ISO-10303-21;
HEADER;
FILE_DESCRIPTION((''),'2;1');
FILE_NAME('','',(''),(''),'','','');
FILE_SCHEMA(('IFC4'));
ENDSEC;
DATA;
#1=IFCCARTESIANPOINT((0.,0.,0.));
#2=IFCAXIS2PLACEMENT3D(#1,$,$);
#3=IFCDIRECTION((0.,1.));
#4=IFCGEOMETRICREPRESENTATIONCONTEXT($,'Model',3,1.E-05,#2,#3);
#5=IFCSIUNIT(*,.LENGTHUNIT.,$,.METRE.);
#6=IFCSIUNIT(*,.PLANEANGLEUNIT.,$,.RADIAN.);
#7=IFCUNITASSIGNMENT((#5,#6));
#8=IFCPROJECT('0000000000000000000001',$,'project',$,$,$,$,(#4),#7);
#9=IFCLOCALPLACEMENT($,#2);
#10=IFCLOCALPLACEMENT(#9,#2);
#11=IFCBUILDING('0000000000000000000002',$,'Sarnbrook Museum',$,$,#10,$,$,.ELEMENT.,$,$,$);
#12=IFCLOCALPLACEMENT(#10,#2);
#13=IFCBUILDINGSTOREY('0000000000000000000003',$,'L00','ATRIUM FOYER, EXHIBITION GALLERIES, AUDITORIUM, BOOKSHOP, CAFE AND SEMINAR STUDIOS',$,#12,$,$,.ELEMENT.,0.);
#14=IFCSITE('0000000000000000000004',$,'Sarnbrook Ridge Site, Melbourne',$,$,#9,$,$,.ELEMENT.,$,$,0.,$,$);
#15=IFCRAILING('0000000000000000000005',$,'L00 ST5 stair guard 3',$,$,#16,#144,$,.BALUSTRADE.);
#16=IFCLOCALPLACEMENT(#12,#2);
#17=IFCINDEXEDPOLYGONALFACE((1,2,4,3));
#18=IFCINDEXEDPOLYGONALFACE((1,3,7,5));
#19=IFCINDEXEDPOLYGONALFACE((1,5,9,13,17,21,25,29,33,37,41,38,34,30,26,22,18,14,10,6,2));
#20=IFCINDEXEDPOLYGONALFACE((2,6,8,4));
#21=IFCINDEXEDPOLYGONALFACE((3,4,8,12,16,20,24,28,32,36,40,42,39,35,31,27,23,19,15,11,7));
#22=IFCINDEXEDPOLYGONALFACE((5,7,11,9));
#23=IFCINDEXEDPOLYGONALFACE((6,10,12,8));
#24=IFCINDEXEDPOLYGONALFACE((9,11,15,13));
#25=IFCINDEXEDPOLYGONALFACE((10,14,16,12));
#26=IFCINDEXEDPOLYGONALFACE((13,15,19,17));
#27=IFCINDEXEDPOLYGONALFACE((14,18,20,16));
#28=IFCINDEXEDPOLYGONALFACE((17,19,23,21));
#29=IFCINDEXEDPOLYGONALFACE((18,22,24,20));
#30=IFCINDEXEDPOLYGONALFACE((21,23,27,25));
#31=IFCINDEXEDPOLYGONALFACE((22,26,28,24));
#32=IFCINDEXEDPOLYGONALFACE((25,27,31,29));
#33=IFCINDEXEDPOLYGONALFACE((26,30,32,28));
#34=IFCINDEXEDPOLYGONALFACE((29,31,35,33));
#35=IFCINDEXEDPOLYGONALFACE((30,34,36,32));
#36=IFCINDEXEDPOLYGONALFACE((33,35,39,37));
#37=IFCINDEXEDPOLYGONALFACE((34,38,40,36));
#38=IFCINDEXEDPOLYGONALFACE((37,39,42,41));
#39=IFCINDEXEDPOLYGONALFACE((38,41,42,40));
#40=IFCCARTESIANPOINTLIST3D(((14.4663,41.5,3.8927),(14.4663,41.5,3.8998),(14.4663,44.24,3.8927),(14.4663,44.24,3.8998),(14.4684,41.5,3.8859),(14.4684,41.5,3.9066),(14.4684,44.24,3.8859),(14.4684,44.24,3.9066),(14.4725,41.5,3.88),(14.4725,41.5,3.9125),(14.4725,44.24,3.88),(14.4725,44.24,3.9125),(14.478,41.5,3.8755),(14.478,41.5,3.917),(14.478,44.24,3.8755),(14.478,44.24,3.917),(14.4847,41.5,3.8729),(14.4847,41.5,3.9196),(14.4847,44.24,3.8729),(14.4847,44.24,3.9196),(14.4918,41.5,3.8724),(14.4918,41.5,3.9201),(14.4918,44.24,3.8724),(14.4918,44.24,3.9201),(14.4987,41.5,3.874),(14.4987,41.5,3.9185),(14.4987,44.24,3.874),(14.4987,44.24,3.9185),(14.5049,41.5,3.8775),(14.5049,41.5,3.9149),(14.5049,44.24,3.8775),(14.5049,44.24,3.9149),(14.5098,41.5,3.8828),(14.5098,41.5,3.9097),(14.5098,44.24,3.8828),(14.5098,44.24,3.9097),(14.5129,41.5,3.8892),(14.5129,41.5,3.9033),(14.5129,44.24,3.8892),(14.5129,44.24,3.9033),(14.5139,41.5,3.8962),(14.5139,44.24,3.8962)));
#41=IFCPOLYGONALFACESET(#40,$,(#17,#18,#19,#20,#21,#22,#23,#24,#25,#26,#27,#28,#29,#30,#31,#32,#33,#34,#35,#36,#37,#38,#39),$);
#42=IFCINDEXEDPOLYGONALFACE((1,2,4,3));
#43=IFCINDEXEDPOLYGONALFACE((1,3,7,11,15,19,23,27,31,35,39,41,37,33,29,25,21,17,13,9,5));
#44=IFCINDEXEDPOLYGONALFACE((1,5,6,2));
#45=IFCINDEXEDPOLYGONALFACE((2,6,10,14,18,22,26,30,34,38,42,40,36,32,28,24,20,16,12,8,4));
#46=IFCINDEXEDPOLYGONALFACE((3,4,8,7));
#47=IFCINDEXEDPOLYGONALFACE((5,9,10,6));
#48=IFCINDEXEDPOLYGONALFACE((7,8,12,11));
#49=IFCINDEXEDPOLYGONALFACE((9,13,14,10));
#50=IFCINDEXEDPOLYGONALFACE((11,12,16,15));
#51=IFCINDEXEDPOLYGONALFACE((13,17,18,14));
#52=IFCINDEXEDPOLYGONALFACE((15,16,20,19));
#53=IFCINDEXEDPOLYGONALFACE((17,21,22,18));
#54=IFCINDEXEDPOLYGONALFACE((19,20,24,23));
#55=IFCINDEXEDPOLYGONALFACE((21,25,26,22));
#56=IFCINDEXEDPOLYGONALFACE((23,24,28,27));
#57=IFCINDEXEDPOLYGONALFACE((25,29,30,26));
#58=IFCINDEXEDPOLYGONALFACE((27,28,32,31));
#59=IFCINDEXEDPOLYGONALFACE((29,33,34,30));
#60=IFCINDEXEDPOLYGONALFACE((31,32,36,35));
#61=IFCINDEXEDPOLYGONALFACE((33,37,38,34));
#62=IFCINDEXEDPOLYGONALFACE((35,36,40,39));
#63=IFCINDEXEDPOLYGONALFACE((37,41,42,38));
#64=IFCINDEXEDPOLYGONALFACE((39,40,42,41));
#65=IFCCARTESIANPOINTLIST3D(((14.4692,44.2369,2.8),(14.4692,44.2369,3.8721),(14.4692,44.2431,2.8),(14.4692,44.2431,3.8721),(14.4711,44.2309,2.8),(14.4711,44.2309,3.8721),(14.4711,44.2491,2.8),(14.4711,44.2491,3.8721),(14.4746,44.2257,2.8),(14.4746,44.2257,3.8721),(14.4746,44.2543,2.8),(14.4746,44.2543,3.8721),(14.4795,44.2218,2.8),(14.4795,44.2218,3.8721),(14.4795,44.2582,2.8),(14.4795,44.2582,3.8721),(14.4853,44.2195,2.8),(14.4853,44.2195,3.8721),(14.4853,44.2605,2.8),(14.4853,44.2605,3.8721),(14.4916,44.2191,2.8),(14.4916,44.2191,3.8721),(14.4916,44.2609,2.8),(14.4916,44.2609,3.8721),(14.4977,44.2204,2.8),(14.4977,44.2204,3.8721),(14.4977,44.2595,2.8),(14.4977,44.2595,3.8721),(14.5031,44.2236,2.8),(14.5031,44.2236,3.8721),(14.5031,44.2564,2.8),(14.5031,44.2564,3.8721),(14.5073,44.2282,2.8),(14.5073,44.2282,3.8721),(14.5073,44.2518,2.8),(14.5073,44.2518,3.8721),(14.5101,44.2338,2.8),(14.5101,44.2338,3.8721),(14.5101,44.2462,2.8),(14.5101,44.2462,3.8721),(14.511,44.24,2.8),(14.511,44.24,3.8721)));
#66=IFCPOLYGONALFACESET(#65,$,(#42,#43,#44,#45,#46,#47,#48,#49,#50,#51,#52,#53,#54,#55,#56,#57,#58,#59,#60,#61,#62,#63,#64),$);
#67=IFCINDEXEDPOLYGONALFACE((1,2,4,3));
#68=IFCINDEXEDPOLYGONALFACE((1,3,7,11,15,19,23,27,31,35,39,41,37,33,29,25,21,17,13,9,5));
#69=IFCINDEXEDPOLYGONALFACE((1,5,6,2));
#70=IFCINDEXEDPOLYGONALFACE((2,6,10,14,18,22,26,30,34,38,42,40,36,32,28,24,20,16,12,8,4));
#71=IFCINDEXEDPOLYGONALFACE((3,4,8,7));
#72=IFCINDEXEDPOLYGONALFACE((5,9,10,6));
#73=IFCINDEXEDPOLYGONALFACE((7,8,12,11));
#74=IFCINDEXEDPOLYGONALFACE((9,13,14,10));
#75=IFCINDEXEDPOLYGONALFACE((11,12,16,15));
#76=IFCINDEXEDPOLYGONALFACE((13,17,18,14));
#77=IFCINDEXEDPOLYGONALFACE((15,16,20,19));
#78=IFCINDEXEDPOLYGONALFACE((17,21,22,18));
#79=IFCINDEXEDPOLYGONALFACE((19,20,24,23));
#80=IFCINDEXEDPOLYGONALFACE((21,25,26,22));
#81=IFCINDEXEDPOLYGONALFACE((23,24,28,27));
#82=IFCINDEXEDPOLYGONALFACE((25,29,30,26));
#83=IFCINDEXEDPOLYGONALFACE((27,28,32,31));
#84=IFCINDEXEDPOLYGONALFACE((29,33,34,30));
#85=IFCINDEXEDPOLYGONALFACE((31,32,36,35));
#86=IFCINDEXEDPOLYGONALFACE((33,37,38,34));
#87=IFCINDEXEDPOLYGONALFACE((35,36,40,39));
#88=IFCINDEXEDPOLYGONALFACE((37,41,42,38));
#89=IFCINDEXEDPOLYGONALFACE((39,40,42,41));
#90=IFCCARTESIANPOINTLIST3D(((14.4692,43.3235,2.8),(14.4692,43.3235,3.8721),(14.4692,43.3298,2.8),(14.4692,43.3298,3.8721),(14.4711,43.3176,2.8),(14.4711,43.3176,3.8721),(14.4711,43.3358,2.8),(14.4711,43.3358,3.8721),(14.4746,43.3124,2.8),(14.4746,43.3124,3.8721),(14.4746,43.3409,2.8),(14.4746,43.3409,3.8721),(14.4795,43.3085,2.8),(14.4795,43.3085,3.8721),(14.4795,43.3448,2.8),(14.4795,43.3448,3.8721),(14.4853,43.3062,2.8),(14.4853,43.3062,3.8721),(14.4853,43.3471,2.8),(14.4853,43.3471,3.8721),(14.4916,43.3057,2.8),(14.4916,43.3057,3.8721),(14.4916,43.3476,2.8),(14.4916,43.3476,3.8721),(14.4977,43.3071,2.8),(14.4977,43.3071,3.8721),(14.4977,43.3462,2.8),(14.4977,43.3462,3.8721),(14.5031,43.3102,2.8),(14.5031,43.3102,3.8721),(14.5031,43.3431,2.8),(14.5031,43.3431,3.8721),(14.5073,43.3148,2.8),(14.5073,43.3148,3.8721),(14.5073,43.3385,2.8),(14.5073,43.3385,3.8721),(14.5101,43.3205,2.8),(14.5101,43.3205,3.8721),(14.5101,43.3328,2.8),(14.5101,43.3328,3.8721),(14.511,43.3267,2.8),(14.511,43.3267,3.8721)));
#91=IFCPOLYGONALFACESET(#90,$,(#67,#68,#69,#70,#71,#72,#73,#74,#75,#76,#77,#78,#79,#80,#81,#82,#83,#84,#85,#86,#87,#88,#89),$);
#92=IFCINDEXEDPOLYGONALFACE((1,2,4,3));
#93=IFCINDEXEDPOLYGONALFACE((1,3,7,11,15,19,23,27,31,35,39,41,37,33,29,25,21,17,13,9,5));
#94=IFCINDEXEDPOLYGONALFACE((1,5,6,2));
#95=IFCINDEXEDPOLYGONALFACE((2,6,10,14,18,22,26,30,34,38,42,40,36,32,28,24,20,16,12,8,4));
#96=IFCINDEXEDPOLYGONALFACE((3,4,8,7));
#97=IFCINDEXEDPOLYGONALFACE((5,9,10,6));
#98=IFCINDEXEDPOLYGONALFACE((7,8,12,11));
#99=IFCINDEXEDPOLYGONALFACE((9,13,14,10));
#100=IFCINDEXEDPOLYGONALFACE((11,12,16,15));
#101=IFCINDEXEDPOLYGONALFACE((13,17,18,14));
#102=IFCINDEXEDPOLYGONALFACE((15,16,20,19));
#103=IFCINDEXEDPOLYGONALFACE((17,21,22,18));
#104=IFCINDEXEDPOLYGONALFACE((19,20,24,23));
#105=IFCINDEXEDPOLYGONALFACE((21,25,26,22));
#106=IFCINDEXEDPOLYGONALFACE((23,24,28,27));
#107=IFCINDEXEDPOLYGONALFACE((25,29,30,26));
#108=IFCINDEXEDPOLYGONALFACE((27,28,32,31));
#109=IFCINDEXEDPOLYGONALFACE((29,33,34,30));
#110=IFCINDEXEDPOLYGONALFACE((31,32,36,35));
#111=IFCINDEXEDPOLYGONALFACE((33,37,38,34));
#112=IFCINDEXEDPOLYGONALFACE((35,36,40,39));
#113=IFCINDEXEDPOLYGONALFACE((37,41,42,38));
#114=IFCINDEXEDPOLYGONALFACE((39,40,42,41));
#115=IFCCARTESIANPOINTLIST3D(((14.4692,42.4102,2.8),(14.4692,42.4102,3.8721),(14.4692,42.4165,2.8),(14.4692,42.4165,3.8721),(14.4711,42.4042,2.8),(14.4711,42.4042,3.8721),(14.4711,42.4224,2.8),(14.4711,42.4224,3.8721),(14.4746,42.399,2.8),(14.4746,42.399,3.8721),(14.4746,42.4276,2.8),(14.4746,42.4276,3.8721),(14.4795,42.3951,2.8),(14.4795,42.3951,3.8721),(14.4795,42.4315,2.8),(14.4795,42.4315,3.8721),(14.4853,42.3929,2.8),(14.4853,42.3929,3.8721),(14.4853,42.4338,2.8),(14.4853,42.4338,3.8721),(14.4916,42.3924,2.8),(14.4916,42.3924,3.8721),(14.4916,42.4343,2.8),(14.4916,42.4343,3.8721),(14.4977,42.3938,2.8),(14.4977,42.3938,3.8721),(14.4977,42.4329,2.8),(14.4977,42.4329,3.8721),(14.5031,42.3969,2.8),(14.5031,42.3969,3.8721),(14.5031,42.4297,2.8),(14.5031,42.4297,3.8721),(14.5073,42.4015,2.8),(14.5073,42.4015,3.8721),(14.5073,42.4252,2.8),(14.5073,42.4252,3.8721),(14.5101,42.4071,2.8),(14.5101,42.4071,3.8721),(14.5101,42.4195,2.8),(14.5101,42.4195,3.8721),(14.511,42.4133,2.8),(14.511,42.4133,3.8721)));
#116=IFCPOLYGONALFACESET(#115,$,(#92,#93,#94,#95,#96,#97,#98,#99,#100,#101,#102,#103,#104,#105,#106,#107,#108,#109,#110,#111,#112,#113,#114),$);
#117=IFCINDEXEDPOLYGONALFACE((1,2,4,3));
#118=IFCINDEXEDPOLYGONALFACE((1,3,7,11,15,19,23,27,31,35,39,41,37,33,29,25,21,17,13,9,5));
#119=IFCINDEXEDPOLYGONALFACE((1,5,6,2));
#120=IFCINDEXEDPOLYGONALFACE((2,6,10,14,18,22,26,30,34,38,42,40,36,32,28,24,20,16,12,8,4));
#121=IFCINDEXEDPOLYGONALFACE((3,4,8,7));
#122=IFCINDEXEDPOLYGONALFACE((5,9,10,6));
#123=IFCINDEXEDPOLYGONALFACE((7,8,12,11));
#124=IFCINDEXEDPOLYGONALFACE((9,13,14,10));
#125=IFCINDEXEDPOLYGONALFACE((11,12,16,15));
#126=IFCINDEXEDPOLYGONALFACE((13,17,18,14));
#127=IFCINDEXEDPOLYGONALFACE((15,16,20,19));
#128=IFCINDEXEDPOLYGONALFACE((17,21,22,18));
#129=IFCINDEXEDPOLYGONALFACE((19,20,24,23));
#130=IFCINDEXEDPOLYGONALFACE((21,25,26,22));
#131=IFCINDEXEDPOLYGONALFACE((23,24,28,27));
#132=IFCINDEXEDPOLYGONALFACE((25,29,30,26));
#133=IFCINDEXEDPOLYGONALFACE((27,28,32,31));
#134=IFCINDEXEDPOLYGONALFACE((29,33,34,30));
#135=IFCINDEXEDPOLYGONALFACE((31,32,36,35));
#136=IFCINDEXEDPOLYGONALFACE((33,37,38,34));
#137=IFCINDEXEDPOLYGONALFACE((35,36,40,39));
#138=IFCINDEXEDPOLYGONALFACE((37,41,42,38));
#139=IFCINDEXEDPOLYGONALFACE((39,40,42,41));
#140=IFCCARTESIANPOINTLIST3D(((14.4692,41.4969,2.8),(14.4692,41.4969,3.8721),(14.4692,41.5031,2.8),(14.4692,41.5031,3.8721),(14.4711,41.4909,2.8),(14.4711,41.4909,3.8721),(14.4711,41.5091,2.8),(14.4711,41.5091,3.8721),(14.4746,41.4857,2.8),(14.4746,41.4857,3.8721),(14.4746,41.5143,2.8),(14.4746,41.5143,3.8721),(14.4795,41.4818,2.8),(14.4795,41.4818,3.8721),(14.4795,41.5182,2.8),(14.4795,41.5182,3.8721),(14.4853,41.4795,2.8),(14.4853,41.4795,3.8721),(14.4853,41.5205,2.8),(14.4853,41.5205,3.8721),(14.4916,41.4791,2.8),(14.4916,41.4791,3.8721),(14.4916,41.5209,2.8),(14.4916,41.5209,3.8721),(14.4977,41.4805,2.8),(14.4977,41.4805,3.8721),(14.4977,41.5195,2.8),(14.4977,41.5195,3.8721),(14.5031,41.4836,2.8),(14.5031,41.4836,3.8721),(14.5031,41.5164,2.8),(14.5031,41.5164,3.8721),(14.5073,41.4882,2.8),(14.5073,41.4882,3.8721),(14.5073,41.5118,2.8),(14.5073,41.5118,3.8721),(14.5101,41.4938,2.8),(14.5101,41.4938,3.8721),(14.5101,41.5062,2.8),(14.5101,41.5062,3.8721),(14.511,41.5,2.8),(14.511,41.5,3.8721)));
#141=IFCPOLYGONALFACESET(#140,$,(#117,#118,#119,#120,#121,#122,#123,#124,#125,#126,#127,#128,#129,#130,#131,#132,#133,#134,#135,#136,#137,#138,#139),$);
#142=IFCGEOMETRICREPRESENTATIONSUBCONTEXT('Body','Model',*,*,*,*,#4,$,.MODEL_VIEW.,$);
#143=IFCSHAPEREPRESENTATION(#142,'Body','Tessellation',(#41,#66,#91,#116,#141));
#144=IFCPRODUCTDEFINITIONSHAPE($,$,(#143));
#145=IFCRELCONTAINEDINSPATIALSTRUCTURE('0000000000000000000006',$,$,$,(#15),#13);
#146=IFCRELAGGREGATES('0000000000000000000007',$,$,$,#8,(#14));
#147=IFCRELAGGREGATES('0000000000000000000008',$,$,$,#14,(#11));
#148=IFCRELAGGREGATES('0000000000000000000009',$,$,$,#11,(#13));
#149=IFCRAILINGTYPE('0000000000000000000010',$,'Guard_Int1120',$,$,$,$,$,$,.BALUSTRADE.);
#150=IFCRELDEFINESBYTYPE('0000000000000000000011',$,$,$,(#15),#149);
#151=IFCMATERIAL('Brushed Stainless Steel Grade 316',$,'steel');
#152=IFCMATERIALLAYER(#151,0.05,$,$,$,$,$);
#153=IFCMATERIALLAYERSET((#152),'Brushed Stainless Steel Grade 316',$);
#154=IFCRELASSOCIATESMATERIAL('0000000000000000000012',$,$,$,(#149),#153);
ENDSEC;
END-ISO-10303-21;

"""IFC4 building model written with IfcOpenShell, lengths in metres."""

from ifc_helpers import new_model, si_unit, direction, frame, origin, origin_2d, place, context, subcontext, project, spatial, circle, extrude, material, layer, layer_set, type_object, element, save


model = new_model("IFC4")

# Units and contexts
model_context = context("Model", 3, precision=1e-05, world=origin(), true_north=direction((0.0, 1.0)))
body_context = subcontext(model_context, "Body", "Model", "MODEL_VIEW")
ifc_project = project(units=[si_unit("LENGTHUNIT", "METRE"), si_unit("PLANEANGLEUNIT", "RADIAN")], contexts=[model_context])

# Site, building, storey
site_placement = place(None, origin())
site = spatial("IfcSite", under=ifc_project, at=site_placement, Name="Sarnbrook Ridge Site, Melbourne", CompositionType="ELEMENT", RefElevation=0.0)
building_placement = place(site_placement, origin())
building = spatial("IfcBuilding", under=site, at=building_placement, Name="Sarnbrook Museum", CompositionType="ELEMENT")
storey_placement = place(building_placement, origin())
storey = spatial("IfcBuildingStorey", under=building, at=storey_placement, Name="L00", Description="ATRIUM FOYER, EXHIBITION GALLERIES, AUDITORIUM, BOOKSHOP, CAFE AND SEMINAR STUDIOS", CompositionType="ELEMENT", Elevation=0.0)

# Railing
ifc_material_1 = material(Name="Brushed Stainless Steel Grade 316", Category="steel")
ifc_layer_1 = layer(ifc_material_1, 0.05)
ifc_layer_set_1 = layer_set([ifc_layer_1], Name="Brushed Stainless Steel Grade 316")
railing_type_1 = type_object("IfcRailingType", Name="Guard_Int1120", PredefinedType="BALUSTRADE", material=ifc_layer_set_1)
for number, where, name in (
    (1, (14.49, 44.24, 2.8), "L00 ST5 stair guard 3"),
):
    element("IfcRailing", number, at=place(storey_placement, frame(where)), inside=storey, type_object=railing_type_1, Name=name, PredefinedType="BALUSTRADE", context=body_context, shape_type="SweptSolid", body=[
        extrude(circle(Radius=0.0239, at=origin_2d()), frame((0.0, 0.0, 1.0962), z_axis=(0.0, -1.0, 0.0), x_axis=(1.0, 0.0, 0.0)), (0.0, 0.0, 1.0), 2.74),
        extrude(circle(Radius=0.021, at=origin_2d()), origin(), (0.0, 0.0, 1.0), 1.072),
        extrude(circle(Radius=0.021, at=origin_2d()), frame((0.0, -0.9133, 0.0)), (0.0, 0.0, 1.0), 1.072),
        extrude(circle(Radius=0.021, at=origin_2d()), frame((0.0, -1.8267, 0.0)), (0.0, 0.0, 1.0), 1.072),
        extrude(circle(Radius=0.021, at=origin_2d()), frame((0.0, -2.74, 0.0)), (0.0, 0.0, 1.0), 1.072),
    ])

save(model, "model.ifc")
